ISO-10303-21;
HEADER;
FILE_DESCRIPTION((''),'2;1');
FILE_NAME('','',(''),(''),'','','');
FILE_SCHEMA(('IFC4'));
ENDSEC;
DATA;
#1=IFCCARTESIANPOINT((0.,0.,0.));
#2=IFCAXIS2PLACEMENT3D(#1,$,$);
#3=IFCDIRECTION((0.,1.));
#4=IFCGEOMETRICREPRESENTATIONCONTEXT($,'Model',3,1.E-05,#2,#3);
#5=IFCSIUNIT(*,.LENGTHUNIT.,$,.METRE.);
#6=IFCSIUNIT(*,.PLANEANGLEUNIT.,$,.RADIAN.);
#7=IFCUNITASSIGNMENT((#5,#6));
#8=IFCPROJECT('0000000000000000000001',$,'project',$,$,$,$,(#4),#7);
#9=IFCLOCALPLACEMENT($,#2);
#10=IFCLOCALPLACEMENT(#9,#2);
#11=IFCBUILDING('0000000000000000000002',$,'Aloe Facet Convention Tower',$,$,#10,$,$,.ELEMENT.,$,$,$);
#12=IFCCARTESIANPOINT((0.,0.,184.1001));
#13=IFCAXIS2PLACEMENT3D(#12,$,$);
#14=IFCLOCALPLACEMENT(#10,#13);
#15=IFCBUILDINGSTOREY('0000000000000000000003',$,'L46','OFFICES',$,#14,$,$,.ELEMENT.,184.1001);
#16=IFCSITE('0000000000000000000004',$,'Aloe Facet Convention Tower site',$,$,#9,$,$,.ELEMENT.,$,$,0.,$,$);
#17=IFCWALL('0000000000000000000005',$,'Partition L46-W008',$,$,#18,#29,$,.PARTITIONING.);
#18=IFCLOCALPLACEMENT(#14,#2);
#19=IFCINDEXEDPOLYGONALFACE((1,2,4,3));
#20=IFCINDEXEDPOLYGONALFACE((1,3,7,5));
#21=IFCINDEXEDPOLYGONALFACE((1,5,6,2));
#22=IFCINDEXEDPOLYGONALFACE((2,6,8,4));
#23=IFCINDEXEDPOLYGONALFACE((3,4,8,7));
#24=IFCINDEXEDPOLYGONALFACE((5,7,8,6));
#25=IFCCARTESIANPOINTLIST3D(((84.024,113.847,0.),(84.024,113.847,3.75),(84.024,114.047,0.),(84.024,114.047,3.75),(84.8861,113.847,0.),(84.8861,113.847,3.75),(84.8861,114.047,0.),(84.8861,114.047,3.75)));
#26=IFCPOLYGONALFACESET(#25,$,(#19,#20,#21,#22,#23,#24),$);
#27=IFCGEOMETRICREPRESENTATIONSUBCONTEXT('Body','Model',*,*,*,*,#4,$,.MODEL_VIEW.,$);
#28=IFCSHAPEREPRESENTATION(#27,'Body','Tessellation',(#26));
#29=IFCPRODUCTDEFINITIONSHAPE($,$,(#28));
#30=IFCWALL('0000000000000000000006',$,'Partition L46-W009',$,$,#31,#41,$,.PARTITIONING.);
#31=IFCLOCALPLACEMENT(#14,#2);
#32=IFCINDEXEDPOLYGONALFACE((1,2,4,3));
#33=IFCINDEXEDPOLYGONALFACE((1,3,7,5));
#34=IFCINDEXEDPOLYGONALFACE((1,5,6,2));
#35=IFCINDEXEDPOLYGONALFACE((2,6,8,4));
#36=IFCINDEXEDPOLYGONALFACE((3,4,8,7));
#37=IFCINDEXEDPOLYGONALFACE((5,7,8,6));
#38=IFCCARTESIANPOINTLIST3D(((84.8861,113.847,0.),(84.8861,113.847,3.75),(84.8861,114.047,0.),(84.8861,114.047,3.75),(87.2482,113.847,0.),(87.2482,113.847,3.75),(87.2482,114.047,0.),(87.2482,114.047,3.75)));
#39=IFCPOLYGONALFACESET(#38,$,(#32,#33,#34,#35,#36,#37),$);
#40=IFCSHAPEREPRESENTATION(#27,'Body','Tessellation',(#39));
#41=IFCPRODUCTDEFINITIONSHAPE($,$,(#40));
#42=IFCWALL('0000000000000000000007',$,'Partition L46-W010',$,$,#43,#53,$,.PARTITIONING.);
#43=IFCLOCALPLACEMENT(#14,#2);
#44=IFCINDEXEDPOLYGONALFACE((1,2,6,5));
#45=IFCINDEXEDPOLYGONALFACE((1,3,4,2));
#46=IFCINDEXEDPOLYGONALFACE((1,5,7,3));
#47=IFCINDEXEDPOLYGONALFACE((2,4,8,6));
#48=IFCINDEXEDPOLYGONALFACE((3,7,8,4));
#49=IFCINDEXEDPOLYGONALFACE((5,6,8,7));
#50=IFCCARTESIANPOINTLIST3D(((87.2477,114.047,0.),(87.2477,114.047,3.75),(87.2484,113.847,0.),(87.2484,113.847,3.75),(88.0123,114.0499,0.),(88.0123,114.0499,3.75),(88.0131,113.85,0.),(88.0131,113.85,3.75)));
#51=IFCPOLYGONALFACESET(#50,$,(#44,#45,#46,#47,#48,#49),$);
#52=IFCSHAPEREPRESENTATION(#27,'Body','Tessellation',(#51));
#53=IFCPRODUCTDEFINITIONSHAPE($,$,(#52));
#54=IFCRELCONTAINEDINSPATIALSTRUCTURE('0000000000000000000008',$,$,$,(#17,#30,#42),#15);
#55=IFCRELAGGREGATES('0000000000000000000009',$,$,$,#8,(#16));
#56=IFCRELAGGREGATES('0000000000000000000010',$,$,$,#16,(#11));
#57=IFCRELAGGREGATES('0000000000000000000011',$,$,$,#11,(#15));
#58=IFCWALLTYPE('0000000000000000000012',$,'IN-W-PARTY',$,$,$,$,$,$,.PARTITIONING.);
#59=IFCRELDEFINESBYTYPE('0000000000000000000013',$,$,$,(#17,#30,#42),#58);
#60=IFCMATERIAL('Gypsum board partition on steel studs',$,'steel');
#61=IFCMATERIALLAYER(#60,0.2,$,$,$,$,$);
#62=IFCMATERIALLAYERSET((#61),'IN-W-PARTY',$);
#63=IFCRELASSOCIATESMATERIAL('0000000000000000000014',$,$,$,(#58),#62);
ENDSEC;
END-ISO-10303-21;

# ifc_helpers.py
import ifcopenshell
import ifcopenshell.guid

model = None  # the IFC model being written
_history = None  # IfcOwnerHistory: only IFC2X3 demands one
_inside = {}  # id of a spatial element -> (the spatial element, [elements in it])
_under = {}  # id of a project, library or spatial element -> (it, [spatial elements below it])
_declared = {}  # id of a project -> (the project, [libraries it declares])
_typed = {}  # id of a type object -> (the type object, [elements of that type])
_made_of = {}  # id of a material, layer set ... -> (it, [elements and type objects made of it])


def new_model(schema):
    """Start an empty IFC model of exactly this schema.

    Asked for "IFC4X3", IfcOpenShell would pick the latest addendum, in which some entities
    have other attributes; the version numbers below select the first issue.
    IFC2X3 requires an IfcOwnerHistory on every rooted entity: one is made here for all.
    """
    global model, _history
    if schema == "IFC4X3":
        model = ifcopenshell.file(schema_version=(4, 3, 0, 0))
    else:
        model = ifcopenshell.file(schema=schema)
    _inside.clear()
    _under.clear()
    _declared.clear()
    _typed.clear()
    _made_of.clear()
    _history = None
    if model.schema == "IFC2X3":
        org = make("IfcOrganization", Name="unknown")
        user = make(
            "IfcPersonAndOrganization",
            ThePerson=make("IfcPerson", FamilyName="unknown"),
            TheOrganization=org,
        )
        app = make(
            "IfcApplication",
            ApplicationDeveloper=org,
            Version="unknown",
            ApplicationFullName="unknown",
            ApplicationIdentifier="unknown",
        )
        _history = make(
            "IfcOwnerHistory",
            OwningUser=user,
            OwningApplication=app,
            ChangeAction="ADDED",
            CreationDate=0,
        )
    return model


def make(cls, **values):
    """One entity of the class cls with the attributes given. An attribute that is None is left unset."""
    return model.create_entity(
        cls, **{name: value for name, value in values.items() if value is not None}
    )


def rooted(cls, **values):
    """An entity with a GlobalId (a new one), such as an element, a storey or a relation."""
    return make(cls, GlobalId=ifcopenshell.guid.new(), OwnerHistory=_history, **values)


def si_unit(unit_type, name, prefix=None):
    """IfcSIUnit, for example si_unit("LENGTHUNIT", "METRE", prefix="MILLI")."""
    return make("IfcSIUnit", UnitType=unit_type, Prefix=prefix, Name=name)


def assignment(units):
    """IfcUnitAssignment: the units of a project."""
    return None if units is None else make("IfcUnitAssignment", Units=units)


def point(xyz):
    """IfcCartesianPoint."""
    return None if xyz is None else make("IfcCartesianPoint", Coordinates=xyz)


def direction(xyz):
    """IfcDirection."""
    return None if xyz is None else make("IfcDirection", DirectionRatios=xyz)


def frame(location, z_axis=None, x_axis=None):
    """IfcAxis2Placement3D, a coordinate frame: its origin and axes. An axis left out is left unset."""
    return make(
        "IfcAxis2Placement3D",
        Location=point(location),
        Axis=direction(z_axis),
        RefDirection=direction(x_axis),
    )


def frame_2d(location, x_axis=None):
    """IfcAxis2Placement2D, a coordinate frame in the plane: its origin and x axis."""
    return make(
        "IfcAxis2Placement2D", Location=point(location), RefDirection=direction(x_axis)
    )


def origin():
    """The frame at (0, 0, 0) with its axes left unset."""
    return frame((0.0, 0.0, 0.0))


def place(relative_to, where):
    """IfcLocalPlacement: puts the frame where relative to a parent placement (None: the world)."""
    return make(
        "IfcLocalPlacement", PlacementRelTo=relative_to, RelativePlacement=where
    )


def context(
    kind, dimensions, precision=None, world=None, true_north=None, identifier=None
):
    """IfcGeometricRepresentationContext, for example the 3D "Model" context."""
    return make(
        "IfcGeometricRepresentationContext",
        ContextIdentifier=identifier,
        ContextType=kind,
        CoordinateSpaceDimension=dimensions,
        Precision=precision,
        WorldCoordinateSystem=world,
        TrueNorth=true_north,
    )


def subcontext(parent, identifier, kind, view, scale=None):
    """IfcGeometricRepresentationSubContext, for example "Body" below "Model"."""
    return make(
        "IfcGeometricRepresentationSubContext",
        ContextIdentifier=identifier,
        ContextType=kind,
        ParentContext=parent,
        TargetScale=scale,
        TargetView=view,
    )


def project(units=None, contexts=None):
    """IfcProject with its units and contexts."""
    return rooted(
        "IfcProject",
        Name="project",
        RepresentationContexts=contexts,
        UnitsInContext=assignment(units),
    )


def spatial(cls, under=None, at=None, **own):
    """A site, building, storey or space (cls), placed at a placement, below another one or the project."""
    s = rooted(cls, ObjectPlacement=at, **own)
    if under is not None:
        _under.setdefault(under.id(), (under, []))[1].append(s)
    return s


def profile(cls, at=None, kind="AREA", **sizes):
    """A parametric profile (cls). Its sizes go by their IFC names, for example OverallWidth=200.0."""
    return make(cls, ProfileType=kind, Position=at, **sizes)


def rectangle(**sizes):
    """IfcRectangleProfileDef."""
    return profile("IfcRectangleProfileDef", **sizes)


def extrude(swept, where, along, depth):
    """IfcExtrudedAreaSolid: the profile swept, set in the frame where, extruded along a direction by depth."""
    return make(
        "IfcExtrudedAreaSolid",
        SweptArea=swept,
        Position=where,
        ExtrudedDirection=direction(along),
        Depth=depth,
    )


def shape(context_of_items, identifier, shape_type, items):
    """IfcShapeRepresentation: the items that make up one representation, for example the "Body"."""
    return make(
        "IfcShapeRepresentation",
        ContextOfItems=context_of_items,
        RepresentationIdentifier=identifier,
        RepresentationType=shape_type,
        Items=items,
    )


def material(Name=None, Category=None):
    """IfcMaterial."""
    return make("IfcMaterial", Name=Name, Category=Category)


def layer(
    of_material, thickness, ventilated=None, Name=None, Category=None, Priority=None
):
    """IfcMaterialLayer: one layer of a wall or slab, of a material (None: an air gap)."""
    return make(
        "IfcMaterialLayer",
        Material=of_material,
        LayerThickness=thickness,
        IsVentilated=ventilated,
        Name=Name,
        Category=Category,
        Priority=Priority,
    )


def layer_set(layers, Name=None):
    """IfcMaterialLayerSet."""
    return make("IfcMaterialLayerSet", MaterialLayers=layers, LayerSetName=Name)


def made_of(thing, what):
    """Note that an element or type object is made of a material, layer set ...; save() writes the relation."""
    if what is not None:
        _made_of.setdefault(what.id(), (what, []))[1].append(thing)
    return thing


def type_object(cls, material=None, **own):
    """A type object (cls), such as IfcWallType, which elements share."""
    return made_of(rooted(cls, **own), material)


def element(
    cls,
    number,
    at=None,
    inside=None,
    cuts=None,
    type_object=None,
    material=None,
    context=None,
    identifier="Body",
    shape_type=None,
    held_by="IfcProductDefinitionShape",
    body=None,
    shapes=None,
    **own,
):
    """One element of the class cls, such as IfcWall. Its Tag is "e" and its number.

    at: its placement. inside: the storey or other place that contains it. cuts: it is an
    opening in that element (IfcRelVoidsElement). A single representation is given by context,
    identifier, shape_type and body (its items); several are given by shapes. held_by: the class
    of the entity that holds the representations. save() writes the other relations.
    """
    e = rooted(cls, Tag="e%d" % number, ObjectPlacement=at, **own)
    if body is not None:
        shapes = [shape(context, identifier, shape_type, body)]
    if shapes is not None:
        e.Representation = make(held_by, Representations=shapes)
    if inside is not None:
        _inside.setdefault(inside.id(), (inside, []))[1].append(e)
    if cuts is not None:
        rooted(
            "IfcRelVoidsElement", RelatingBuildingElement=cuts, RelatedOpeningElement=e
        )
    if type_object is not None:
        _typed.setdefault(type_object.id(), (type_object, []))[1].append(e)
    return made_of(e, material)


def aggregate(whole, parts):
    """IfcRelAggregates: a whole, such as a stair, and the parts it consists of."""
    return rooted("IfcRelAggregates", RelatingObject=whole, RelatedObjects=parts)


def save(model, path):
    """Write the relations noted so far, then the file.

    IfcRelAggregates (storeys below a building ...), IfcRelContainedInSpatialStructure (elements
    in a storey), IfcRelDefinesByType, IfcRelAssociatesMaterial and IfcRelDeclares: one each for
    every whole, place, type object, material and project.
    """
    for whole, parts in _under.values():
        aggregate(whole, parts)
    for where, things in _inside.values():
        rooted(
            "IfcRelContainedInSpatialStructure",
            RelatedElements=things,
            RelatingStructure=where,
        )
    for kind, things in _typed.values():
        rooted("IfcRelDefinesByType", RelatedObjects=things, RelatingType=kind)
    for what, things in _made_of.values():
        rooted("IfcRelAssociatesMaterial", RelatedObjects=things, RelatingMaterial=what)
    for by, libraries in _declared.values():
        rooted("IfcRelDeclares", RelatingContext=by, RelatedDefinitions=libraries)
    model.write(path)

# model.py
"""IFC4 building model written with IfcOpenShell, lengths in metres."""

from ifc_helpers import new_model, si_unit, direction, frame, frame_2d, origin, place, context, subcontext, project, spatial, rectangle, extrude, material, layer, layer_set, type_object, element, save


model = new_model("IFC4")

# Units and contexts
model_context = context("Model", 3, precision=1e-05, world=origin(), true_north=direction((0.0, 1.0)))
body_context = subcontext(model_context, "Body", "Model", "MODEL_VIEW")
ifc_project = project(units=[si_unit("LENGTHUNIT", "METRE"), si_unit("PLANEANGLEUNIT", "RADIAN")], contexts=[model_context])

# Site, building, storey
site_placement = place(None, origin())
site = spatial("IfcSite", under=ifc_project, at=site_placement, Name="Aloe Facet Convention Tower site", CompositionType="ELEMENT", RefElevation=0.0)
building_placement = place(site_placement, origin())
building = spatial("IfcBuilding", under=site, at=building_placement, Name="Aloe Facet Convention Tower", CompositionType="ELEMENT")
storey_placement = place(building_placement, frame((0.0, 0.0, 184.1001)))
storey = spatial("IfcBuildingStorey", under=building, at=storey_placement, Name="L46", Description="OFFICES", CompositionType="ELEMENT", Elevation=184.1001)

# Walls
ifc_material_1 = material(Name="Gypsum board partition on steel studs", Category="steel")
ifc_layer_1 = layer(ifc_material_1, 0.2)
ifc_layer_set_1 = layer_set([ifc_layer_1], Name="IN-W-PARTY")
wall_type_1 = type_object("IfcWallType", Name="IN-W-PARTY", PredefinedType="PARTITIONING", material=ifc_layer_set_1)
wall_1_placement = place(storey_placement, frame((84.0239, 113.947, 0.0), z_axis=(0.0, 0.0, 1.0), x_axis=(1.0, 0.0, 0.0)))
element("IfcWall", 1, at=wall_1_placement, inside=storey, type_object=wall_type_1, Name="Partition L46-W008", PredefinedType="PARTITIONING", context=body_context, shape_type="SweptSolid", body=[
    extrude(rectangle(XDim=0.8621, YDim=0.2, at=frame_2d((0.4312, 0.0))), origin(), (0.0, 0.0, 1.0), 3.75),
])
wall_2_placement = place(storey_placement, frame((84.886, 113.947, 0.0), z_axis=(0.0, 0.0, 1.0), x_axis=(1.0, 0.0, 0.0)))
element("IfcWall", 2, at=wall_2_placement, inside=storey, type_object=wall_type_1, Name="Partition L46-W009", PredefinedType="PARTITIONING", context=body_context, shape_type="SweptSolid", body=[
    extrude(rectangle(XDim=2.3621, YDim=0.2, at=frame_2d((1.1812, 0.0))), origin(), (0.0, 0.0, 1.0), 3.75),
])
wall_3_placement = place(storey_placement, frame((87.248, 113.947, 0.0), z_axis=(0.0, 0.0, 1.0), x_axis=(0.999993, 0.003831, 0.0)))
element("IfcWall", 3, at=wall_3_placement, inside=storey, type_object=wall_type_1, Name="Partition L46-W010", PredefinedType="PARTITIONING", context=body_context, shape_type="SweptSolid", body=[
    extrude(rectangle(XDim=0.7646, YDim=0.2, at=frame_2d((0.3823, 0.0))), origin(), (0.0, 0.0, 1.0), 3.75),
])

save(model, "model.ifc")
